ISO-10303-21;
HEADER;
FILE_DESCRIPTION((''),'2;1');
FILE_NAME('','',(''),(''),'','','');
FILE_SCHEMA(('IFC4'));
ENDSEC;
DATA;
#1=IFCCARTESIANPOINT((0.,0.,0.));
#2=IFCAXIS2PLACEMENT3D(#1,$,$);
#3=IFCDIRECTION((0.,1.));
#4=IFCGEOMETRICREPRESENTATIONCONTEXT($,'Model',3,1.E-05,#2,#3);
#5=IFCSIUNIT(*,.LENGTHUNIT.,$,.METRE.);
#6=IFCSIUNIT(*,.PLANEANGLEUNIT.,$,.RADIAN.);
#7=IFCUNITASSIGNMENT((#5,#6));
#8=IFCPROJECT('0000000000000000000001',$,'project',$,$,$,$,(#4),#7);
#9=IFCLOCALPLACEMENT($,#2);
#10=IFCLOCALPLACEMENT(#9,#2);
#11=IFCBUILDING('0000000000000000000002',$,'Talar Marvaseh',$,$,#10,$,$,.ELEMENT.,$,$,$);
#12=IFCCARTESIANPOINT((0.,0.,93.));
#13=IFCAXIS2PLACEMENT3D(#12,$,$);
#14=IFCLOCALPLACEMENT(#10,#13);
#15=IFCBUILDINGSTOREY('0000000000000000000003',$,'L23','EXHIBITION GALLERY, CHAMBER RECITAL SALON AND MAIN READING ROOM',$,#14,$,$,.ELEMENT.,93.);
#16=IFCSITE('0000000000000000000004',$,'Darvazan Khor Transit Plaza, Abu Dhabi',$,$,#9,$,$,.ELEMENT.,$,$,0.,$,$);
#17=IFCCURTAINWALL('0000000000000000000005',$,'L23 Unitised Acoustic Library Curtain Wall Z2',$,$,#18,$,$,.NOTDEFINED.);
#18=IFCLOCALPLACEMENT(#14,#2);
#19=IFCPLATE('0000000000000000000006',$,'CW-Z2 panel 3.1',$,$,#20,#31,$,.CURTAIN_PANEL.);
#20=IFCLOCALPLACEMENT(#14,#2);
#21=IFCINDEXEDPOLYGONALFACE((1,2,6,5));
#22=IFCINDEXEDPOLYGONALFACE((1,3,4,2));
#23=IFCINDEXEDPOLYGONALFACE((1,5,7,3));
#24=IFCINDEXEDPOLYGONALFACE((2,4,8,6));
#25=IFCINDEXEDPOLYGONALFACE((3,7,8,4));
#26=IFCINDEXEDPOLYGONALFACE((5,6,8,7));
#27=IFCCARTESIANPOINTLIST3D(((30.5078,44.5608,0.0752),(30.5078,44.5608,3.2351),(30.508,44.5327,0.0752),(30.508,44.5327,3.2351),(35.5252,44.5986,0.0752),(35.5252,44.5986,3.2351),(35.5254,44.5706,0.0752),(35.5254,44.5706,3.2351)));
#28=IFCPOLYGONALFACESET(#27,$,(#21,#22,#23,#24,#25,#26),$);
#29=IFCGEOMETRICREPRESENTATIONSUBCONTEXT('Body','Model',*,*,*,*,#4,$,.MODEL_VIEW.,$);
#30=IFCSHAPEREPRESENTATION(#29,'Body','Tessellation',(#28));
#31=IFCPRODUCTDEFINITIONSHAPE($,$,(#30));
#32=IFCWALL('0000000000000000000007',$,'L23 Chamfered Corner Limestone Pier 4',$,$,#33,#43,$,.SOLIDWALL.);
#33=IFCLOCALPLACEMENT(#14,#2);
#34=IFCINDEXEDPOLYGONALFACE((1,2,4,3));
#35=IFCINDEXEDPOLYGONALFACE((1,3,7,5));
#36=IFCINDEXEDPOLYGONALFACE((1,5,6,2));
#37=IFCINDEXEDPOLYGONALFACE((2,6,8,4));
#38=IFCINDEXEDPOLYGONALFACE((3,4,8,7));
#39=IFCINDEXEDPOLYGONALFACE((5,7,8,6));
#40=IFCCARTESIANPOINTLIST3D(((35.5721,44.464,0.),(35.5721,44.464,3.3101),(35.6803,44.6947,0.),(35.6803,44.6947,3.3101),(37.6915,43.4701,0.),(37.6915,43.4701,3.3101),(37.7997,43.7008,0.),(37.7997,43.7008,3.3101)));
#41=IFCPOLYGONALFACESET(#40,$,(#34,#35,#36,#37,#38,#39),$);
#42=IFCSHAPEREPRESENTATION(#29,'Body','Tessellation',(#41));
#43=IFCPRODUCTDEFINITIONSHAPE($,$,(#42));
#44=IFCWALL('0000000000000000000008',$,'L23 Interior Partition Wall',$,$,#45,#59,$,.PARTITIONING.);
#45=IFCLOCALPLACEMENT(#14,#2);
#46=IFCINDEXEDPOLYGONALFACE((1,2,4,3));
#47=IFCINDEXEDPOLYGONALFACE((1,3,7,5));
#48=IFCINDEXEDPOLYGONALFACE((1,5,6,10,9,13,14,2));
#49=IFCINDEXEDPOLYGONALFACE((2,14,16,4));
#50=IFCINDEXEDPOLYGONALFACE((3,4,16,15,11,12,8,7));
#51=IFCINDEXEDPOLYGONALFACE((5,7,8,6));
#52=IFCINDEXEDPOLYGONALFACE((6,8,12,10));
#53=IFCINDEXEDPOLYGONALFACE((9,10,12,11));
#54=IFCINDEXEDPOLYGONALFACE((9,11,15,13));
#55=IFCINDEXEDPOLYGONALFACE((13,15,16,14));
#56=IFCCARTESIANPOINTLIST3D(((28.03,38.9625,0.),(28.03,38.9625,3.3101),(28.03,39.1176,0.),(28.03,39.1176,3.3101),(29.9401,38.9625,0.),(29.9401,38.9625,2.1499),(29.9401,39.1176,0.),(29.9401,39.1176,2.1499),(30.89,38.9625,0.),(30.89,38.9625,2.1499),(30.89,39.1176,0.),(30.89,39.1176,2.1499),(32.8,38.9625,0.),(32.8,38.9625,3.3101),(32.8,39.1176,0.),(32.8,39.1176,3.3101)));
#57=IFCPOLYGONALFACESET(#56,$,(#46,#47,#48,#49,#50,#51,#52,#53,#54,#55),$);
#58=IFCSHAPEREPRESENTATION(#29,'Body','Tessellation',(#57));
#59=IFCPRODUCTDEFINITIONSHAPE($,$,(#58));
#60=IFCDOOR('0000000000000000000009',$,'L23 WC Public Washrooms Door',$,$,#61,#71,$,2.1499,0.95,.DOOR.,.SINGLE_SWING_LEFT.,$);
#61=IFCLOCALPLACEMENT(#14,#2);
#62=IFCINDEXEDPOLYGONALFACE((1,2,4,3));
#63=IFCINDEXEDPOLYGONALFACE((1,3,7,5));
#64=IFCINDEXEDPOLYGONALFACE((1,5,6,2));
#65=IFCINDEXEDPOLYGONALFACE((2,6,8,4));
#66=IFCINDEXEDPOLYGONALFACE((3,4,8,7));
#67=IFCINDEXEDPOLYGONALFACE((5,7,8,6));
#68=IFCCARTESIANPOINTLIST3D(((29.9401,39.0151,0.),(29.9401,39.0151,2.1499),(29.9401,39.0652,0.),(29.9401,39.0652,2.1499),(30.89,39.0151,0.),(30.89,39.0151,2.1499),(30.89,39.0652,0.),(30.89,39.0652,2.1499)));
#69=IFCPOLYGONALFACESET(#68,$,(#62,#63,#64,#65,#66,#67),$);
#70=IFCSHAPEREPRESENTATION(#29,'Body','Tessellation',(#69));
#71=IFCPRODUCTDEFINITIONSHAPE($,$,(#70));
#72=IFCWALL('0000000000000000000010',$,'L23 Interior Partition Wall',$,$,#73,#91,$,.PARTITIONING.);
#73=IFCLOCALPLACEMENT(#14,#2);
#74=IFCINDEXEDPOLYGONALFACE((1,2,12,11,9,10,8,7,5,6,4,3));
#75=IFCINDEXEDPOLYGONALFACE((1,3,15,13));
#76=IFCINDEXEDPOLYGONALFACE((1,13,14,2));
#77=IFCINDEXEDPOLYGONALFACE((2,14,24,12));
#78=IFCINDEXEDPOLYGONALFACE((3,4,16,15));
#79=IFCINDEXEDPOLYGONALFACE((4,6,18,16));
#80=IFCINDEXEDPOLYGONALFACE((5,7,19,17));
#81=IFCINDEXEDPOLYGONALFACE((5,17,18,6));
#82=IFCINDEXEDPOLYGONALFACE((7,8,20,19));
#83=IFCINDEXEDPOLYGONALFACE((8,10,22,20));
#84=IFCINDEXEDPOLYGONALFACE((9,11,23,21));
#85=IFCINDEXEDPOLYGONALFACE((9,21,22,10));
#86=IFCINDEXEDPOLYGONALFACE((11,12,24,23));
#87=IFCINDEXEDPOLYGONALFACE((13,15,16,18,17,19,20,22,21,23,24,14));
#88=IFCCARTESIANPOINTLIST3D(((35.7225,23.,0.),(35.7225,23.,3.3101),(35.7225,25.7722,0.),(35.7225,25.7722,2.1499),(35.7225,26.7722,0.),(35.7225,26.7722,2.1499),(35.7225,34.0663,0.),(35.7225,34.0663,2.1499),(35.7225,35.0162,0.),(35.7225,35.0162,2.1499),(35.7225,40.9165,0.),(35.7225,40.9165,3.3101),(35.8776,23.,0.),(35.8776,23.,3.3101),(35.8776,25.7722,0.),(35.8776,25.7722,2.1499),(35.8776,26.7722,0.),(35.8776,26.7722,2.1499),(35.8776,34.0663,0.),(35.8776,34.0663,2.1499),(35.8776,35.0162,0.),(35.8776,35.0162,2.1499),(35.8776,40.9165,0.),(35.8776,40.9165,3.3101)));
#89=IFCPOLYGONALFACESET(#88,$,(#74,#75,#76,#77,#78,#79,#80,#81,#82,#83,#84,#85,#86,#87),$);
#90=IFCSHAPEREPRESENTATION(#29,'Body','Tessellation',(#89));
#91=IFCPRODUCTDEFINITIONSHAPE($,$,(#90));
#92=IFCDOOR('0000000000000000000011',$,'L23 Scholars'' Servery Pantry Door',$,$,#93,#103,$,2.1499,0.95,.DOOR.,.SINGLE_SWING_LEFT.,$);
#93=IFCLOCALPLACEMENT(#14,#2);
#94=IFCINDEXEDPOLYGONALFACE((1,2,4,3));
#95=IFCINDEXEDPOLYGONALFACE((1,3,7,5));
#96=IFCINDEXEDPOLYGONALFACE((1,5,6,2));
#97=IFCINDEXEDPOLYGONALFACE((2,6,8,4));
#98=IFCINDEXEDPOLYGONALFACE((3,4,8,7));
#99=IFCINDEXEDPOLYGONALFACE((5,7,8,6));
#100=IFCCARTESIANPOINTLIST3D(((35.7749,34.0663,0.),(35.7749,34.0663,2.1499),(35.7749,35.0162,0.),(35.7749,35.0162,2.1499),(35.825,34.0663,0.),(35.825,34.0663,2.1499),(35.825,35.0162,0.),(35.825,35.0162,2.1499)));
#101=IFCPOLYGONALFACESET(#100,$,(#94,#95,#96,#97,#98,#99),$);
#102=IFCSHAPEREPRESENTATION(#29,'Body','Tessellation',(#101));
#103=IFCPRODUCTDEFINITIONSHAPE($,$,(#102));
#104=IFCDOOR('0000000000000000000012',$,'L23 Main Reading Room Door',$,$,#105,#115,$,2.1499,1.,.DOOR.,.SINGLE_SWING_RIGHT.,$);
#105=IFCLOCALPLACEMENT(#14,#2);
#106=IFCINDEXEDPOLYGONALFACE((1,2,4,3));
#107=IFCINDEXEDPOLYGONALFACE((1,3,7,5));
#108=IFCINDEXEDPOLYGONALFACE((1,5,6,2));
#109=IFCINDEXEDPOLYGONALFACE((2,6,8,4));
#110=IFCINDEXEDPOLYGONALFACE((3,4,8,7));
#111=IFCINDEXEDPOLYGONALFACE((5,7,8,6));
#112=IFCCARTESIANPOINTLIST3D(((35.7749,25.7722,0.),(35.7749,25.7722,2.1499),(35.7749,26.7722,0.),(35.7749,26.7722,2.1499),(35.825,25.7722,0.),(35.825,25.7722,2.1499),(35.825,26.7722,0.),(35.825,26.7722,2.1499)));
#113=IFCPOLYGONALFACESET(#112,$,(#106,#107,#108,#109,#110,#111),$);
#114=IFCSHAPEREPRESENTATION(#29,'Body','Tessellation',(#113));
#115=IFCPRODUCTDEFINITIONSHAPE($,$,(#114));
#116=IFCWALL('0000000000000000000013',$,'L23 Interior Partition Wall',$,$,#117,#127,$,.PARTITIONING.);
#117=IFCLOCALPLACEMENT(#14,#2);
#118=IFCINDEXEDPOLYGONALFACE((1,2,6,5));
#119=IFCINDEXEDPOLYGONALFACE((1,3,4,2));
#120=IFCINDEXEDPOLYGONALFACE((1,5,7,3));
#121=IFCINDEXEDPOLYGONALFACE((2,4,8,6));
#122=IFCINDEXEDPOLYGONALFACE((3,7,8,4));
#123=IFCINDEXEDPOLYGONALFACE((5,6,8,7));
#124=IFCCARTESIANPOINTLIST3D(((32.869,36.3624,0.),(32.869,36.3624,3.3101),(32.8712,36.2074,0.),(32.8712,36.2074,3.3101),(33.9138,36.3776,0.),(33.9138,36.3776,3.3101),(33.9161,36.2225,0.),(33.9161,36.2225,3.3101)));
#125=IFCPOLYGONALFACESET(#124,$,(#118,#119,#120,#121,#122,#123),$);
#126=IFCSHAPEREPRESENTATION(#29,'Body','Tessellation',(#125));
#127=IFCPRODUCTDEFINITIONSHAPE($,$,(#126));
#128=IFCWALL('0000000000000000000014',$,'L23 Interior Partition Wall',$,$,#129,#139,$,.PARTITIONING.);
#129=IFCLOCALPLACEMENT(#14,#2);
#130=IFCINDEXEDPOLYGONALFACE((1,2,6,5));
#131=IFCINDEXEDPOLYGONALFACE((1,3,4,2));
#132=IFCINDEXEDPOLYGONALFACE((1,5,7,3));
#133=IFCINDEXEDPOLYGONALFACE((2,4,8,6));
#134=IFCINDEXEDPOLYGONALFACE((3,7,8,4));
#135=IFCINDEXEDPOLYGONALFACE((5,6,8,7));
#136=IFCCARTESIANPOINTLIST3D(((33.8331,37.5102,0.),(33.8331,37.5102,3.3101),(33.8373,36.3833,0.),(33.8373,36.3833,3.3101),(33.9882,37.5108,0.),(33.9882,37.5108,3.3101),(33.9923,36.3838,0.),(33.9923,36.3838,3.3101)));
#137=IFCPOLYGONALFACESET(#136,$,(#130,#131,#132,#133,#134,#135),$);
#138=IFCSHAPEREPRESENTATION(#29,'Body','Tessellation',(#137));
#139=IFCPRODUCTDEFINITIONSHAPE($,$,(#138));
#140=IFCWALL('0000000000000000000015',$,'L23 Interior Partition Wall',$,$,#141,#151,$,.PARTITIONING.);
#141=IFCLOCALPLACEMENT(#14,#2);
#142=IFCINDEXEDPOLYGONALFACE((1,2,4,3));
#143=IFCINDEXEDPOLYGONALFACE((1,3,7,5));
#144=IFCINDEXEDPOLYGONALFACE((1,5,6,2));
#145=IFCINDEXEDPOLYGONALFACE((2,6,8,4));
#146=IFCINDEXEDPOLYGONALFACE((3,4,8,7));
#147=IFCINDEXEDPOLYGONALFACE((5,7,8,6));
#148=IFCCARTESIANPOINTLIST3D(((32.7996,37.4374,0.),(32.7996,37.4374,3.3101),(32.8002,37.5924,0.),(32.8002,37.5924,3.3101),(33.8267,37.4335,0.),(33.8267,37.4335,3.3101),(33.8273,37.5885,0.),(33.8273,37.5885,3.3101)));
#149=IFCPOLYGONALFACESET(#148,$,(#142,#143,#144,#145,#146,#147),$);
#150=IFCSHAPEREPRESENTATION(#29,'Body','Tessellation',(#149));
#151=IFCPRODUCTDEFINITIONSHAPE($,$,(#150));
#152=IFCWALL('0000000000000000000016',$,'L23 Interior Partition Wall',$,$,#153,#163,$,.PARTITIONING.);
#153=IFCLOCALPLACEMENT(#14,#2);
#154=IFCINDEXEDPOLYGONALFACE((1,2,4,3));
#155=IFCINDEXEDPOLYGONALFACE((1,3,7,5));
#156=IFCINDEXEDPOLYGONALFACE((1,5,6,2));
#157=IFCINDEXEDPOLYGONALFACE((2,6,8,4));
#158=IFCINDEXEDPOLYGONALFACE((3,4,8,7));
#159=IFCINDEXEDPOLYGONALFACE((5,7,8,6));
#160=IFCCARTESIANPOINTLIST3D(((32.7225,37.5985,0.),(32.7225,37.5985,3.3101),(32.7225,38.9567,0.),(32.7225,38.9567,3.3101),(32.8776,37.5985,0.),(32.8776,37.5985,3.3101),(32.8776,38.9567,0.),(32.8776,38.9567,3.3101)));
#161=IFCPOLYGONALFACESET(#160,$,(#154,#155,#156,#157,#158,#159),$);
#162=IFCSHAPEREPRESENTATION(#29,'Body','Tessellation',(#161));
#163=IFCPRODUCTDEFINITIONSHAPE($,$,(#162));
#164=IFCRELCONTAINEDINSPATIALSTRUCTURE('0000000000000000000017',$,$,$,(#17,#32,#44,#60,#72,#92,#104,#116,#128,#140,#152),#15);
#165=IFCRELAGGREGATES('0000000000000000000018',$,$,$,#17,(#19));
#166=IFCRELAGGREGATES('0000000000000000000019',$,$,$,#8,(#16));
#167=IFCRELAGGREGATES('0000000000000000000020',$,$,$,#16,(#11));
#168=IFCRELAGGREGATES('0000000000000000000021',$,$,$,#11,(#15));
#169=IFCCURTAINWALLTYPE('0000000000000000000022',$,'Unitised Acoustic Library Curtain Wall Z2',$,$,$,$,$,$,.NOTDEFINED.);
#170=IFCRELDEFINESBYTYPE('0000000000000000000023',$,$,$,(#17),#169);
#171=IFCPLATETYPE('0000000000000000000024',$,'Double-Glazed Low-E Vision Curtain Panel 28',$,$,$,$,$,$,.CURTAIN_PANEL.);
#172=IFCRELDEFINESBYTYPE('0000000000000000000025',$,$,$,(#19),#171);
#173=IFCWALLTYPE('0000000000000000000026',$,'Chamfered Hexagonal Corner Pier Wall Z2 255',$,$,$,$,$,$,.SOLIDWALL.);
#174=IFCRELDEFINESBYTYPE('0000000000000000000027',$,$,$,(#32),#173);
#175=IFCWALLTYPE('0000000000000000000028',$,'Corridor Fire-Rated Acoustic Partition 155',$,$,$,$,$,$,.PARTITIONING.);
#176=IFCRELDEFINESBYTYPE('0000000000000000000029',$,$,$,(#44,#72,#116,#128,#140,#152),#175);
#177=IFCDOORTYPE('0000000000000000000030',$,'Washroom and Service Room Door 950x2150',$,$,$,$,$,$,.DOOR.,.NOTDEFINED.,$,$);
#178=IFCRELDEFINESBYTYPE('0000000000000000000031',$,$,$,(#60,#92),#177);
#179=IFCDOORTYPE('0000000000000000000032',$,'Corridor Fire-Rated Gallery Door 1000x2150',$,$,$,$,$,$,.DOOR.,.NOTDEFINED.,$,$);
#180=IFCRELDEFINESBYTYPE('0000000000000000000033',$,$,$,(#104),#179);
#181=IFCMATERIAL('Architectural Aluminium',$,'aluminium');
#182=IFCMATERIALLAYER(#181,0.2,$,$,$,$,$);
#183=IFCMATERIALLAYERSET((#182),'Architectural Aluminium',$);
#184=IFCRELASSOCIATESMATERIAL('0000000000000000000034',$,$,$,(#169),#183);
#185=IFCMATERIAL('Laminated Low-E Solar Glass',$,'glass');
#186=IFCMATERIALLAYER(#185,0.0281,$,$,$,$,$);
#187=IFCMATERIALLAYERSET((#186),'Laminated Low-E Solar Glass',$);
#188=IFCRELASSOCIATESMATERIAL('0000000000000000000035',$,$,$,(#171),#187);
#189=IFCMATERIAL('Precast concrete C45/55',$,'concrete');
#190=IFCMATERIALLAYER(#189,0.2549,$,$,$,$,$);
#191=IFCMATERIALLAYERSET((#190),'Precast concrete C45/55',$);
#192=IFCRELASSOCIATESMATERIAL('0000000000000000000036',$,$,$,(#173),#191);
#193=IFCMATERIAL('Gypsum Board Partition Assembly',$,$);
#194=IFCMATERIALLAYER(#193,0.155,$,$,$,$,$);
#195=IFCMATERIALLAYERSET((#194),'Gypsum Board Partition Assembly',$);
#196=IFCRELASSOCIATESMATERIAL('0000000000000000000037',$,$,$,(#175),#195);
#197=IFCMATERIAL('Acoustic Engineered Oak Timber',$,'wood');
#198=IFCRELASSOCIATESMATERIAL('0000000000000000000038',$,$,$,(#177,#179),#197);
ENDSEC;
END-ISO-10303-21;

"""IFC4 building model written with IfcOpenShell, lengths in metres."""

from ifc_helpers import new_model, si_unit, direction, frame, frame_2d, origin, origin_2d, place, context, subcontext, project, spatial, rectangle, extrude, source, transform, mapped, material, layer, layer_set, type_object, type_shapes, element, fill, aggregate, save


model = new_model("IFC4")

# Units and contexts
model_context = context("Model", 3, precision=1e-05, world=origin(), true_north=direction((0.0, 1.0)))
body_context = subcontext(model_context, "Body", "Model", "MODEL_VIEW")
ifc_project = project(units=[si_unit("LENGTHUNIT", "METRE"), si_unit("PLANEANGLEUNIT", "RADIAN")], contexts=[model_context])

# Site, building, storey
site_placement = place(None, origin())
site = spatial("IfcSite", under=ifc_project, at=site_placement, Name="Darvazan Khor Transit Plaza, Abu Dhabi", CompositionType="ELEMENT", RefElevation=0.0)
building_placement = place(site_placement, origin())
building = spatial("IfcBuilding", under=site, at=building_placement, Name="Talar Marvaseh", CompositionType="ELEMENT")
storey_placement = place(building_placement, frame((0.0, 0.0, 93.0)))
storey = spatial("IfcBuildingStorey", under=building, at=storey_placement, Name="L23", Description="EXHIBITION GALLERY, CHAMBER RECITAL SALON AND MAIN READING ROOM", CompositionType="ELEMENT", Elevation=93.0)

# Curtain wall
ifc_material_1 = material(Name="Architectural Aluminium", Category="aluminium")
ifc_layer_1 = layer(ifc_material_1, 0.2)
ifc_layer_set_1 = layer_set([ifc_layer_1], Name="Architectural Aluminium")
curtain_wall_type = type_object("IfcCurtainWallType", Name="Unitised Acoustic Library Curtain Wall Z2", PredefinedType="NOTDEFINED", material=ifc_layer_set_1)
curtain_wall_1_placement = place(storey_placement, origin())
curtain_wall_1 = element("IfcCurtainWall", 1, at=curtain_wall_1_placement, inside=storey, type_object=curtain_wall_type, Name="L23 Unitised Acoustic Library Curtain Wall Z2", PredefinedType="NOTDEFINED")

# Plate
ifc_material_2 = material(Name="Laminated Low-E Solar Glass", Category="glass")
ifc_layer_2 = layer(ifc_material_2, 0.0281)
ifc_layer_set_2 = layer_set([ifc_layer_2], Name="Laminated Low-E Solar Glass")
plate_type = type_object("IfcPlateType", Name="Double-Glazed Low-E Vision Curtain Panel 28", PredefinedType="CURTAIN_PANEL", material=ifc_layer_set_2)
shared_shape_1 = source(origin(), body_context, "Body", "SweptSolid", [
    extrude(rectangle(XDim=5.0176, YDim=0.0281, at=origin_2d()), origin(), (0.0, 0.0, 1.0), 3.1599),
])
type_shapes(plate_type, [shared_shape_1])
plate_placement = place(storey_placement, frame((33.0166, 44.5657, 0.0752), z_axis=(0.0, 0.0, 1.0), x_axis=(0.999972, 0.007544, 0.0)))
plate = element("IfcPlate", 2, at=plate_placement, type_object=plate_type, Name="CW-Z2 panel 3.1", PredefinedType="CURTAIN_PANEL", context=body_context, shape_type="MappedRepresentation", body=[
    mapped(shared_shape_1, transform((0.0, 0.0, 0.0), x_axis=(1.0, 0.0, 0.0), y_axis=(0.0, 1.0, 0.0), z_axis=(0.0, 0.0, 1.0), scale=1.0)),
])
aggregate(curtain_wall_1, [plate])

# Wall
ifc_material_3 = material(Name="Precast concrete C45/55", Category="concrete")
ifc_layer_3 = layer(ifc_material_3, 0.2549)
ifc_layer_set_3 = layer_set([ifc_layer_3], Name="Precast concrete C45/55")
wall_type_1 = type_object("IfcWallType", Name="Chamfered Hexagonal Corner Pier Wall Z2 255", PredefinedType="SOLIDWALL", material=ifc_layer_set_3)
wall_1_placement = place(storey_placement, frame((35.6262, 44.5793, 0.0), z_axis=(0.0, 0.0, 1.0), x_axis=(0.905388, -0.424586, 0.0)))
element("IfcWall", 3, at=wall_1_placement, inside=storey, type_object=wall_type_1, Name="L23 Chamfered Corner Limestone Pier 4", PredefinedType="SOLIDWALL", context=body_context, shape_type="SweptSolid", body=[
    extrude(rectangle(XDim=2.3408, YDim=0.2549, at=frame_2d((1.1704, 0.0))), origin(), (0.0, 0.0, 1.0), 3.3101),
])

# Wall, opening, door
ifc_material_4 = material(Name="Gypsum Board Partition Assembly")
ifc_layer_4 = layer(ifc_material_4, 0.155)
ifc_layer_set_4 = layer_set([ifc_layer_4], Name="Gypsum Board Partition Assembly")
wall_type_2 = type_object("IfcWallType", Name="Corridor Fire-Rated Acoustic Partition 155", PredefinedType="PARTITIONING", material=ifc_layer_set_4)
wall_2_placement = place(storey_placement, frame((32.8, 39.04, 0.0), z_axis=(0.0, 0.0, 1.0), x_axis=(-1.0, 0.0, 0.0)))
wall_2 = element("IfcWall", 4, at=wall_2_placement, inside=storey, type_object=wall_type_2, Name="L23 Interior Partition Wall", PredefinedType="PARTITIONING", context=body_context, shape_type="SweptSolid", body=[
    extrude(rectangle(XDim=4.77, YDim=0.155, at=frame_2d((2.385, 0.0))), origin(), (0.0, 0.0, 1.0), 3.3101),
])
opening_1_placement = place(wall_2_placement, frame((1.9099, 0.0, 0.0)))
opening_1 = element("IfcOpeningElement", 5, at=opening_1_placement, cuts=wall_2, PredefinedType="OPENING", context=body_context, shape_type="SweptSolid", body=[
    extrude(rectangle(XDim=0.95, YDim=2.1499, at=frame_2d((0.4751, 1.075))), frame((0.0, 0.0874, 0.0), z_axis=(0.0, -1.0, 0.0), x_axis=(1.0, 0.0, 0.0)), (0.0, 0.0, 1.0), 0.175),
])
ifc_material_5 = material(Name="Acoustic Engineered Oak Timber", Category="wood")
door_type_1 = type_object("IfcDoorType", Name="Washroom and Service Room Door 950x2150", OperationType="NOTDEFINED", PredefinedType="DOOR", material=ifc_material_5)
shared_shape_2 = source(origin(), body_context, "Body", "SweptSolid", [
    extrude(rectangle(XDim=0.95, YDim=2.1499, at=frame_2d((0.4751, 1.075))), frame((0.0, 0.0249, 0.0), z_axis=(0.0, -1.0, 0.0), x_axis=(1.0, 0.0, 0.0)), (0.0, 0.0, 1.0), 0.05),
])
type_shapes(door_type_1, [shared_shape_2])
door_1_placement = place(opening_1_placement, origin())
door_1 = element("IfcDoor", 6, at=door_1_placement, inside=storey, type_object=door_type_1, Name="L23 WC Public Washrooms Door", OperationType="SINGLE_SWING_LEFT", OverallHeight=2.1499, OverallWidth=0.95, PredefinedType="DOOR", context=body_context, shape_type="MappedRepresentation", body=[
    mapped(shared_shape_2, transform((0.0, 0.0, 0.0), x_axis=(1.0, 0.0, 0.0), y_axis=(0.0, 1.0, 0.0), z_axis=(0.0, 0.0, 1.0), scale=1.0)),
])
fill(opening_1, door_1)

# Wall, openings, doors
wall_3_placement = place(storey_placement, frame((35.8, 40.9165, 0.0), z_axis=(0.0, 0.0, 1.0), x_axis=(0.0, -1.0, 0.0)))
wall_3 = element("IfcWall", 7, at=wall_3_placement, inside=storey, type_object=wall_type_2, Name="L23 Interior Partition Wall", PredefinedType="PARTITIONING", context=body_context, shape_type="SweptSolid", body=[
    extrude(rectangle(XDim=17.9165, YDim=0.155, at=frame_2d((8.9583, 0.0))), origin(), (0.0, 0.0, 1.0), 3.3101),
])
opening_2_placement = place(wall_3_placement, frame((14.1443, 0.0, 0.0)))
opening_2 = element("IfcOpeningElement", 8, at=opening_2_placement, cuts=wall_3, PredefinedType="OPENING", context=body_context, shape_type="SweptSolid", body=[
    extrude(rectangle(XDim=1.0, YDim=2.1499, at=frame_2d((0.5, 1.075))), frame((0.0, 0.0874, 0.0), z_axis=(0.0, -1.0, 0.0), x_axis=(1.0, 0.0, 0.0)), (0.0, 0.0, 1.0), 0.175),
])
opening_3_placement = place(wall_3_placement, frame((5.9001, 0.0, 0.0)))
opening_3 = element("IfcOpeningElement", 9, at=opening_3_placement, cuts=wall_3, PredefinedType="OPENING", context=body_context, shape_type="SweptSolid", body=[
    extrude(rectangle(XDim=0.95, YDim=2.1499, at=frame_2d((0.4751, 1.075))), frame((0.0, 0.0874, 0.0), z_axis=(0.0, -1.0, 0.0), x_axis=(1.0, 0.0, 0.0)), (0.0, 0.0, 1.0), 0.175),
])
door_2_placement = place(opening_3_placement, origin())
door_2 = element("IfcDoor", 10, at=door_2_placement, inside=storey, type_object=door_type_1, Name="L23 Scholars' Servery Pantry Door", OperationType="SINGLE_SWING_LEFT", OverallHeight=2.1499, OverallWidth=0.95, PredefinedType="DOOR", context=body_context, shape_type="MappedRepresentation", body=[
    mapped(shared_shape_2, transform((0.0, 0.0, 0.0), x_axis=(1.0, 0.0, 0.0), y_axis=(0.0, 1.0, 0.0), z_axis=(0.0, 0.0, 1.0), scale=1.0)),
])
fill(opening_3, door_2)
door_type_2 = type_object("IfcDoorType", Name="Corridor Fire-Rated Gallery Door 1000x2150", OperationType="NOTDEFINED", PredefinedType="DOOR", material=ifc_material_5)
shared_shape_3 = source(origin(), body_context, "Body", "SweptSolid", [
    extrude(rectangle(XDim=1.0, YDim=2.1499, at=frame_2d((0.5, 1.075))), frame((0.0, 0.0249, 0.0), z_axis=(0.0, -1.0, 0.0), x_axis=(1.0, 0.0, 0.0)), (0.0, 0.0, 1.0), 0.05),
])
type_shapes(door_type_2, [shared_shape_3])
door_3_placement = place(opening_2_placement, origin())
door_3 = element("IfcDoor", 11, at=door_3_placement, inside=storey, type_object=door_type_2, Name="L23 Main Reading Room Door", OperationType="SINGLE_SWING_RIGHT", OverallHeight=2.1499, OverallWidth=1.0, PredefinedType="DOOR", context=body_context, shape_type="MappedRepresentation", body=[
    mapped(shared_shape_3, transform((0.0, 0.0, 0.0), x_axis=(1.0, 0.0, 0.0), y_axis=(0.0, 1.0, 0.0), z_axis=(0.0, 0.0, 1.0), scale=1.0)),
])
fill(opening_2, door_3)

# Walls
wall_4_placement = place(storey_placement, frame((32.8701, 36.2849, 0.0), z_axis=(0.0, 0.0, 1.0), x_axis=(0.999895, 0.014484, 0.0)))
element("IfcWall", 12, at=wall_4_placement, inside=storey, type_object=wall_type_2, Name="L23 Interior Partition Wall", PredefinedType="PARTITIONING", context=body_context, shape_type="SweptSolid", body=[
    extrude(rectangle(XDim=1.0449, YDim=0.155, at=frame_2d((0.5225, 0.0))), origin(), (0.0, 0.0, 1.0), 3.3101),
])
wall_5_placement = place(storey_placement, frame((33.9148, 36.3835, 0.0), z_axis=(0.0, 0.0, 1.0), x_axis=(-0.003683, 0.999993, 0.0)))
element("IfcWall", 13, at=wall_5_placement, inside=storey, type_object=wall_type_2, Name="L23 Interior Partition Wall", PredefinedType="PARTITIONING", context=body_context, shape_type="SweptSolid", body=[
    extrude(rectangle(XDim=1.127, YDim=0.155, at=frame_2d((0.5635, 0.0))), origin(), (0.0, 0.0, 1.0), 3.3101),
])
wall_6_placement = place(storey_placement, frame((33.8271, 37.511, 0.0), z_axis=(0.0, 0.0, 1.0), x_axis=(-0.999993, 0.003803, 0.0)))
element("IfcWall", 14, at=wall_6_placement, inside=storey, type_object=wall_type_2, Name="L23 Interior Partition Wall", PredefinedType="PARTITIONING", context=body_context, shape_type="SweptSolid", body=[
    extrude(rectangle(XDim=1.0271, YDim=0.155, at=frame_2d((0.5137, 0.0))), origin(), (0.0, 0.0, 1.0), 3.3101),
])
wall_7_placement = place(storey_placement, frame((32.8, 37.5984, 0.0), z_axis=(0.0, 0.0, 1.0), x_axis=(0.0, 1.0, 0.0)))
element("IfcWall", 15, at=wall_7_placement, inside=storey, type_object=wall_type_2, Name="L23 Interior Partition Wall", PredefinedType="PARTITIONING", context=body_context, shape_type="SweptSolid", body=[
    extrude(rectangle(XDim=1.3582, YDim=0.155, at=frame_2d((0.6792, 0.0))), origin(), (0.0, 0.0, 1.0), 3.3101),
])

save(model, "model.ifc")
